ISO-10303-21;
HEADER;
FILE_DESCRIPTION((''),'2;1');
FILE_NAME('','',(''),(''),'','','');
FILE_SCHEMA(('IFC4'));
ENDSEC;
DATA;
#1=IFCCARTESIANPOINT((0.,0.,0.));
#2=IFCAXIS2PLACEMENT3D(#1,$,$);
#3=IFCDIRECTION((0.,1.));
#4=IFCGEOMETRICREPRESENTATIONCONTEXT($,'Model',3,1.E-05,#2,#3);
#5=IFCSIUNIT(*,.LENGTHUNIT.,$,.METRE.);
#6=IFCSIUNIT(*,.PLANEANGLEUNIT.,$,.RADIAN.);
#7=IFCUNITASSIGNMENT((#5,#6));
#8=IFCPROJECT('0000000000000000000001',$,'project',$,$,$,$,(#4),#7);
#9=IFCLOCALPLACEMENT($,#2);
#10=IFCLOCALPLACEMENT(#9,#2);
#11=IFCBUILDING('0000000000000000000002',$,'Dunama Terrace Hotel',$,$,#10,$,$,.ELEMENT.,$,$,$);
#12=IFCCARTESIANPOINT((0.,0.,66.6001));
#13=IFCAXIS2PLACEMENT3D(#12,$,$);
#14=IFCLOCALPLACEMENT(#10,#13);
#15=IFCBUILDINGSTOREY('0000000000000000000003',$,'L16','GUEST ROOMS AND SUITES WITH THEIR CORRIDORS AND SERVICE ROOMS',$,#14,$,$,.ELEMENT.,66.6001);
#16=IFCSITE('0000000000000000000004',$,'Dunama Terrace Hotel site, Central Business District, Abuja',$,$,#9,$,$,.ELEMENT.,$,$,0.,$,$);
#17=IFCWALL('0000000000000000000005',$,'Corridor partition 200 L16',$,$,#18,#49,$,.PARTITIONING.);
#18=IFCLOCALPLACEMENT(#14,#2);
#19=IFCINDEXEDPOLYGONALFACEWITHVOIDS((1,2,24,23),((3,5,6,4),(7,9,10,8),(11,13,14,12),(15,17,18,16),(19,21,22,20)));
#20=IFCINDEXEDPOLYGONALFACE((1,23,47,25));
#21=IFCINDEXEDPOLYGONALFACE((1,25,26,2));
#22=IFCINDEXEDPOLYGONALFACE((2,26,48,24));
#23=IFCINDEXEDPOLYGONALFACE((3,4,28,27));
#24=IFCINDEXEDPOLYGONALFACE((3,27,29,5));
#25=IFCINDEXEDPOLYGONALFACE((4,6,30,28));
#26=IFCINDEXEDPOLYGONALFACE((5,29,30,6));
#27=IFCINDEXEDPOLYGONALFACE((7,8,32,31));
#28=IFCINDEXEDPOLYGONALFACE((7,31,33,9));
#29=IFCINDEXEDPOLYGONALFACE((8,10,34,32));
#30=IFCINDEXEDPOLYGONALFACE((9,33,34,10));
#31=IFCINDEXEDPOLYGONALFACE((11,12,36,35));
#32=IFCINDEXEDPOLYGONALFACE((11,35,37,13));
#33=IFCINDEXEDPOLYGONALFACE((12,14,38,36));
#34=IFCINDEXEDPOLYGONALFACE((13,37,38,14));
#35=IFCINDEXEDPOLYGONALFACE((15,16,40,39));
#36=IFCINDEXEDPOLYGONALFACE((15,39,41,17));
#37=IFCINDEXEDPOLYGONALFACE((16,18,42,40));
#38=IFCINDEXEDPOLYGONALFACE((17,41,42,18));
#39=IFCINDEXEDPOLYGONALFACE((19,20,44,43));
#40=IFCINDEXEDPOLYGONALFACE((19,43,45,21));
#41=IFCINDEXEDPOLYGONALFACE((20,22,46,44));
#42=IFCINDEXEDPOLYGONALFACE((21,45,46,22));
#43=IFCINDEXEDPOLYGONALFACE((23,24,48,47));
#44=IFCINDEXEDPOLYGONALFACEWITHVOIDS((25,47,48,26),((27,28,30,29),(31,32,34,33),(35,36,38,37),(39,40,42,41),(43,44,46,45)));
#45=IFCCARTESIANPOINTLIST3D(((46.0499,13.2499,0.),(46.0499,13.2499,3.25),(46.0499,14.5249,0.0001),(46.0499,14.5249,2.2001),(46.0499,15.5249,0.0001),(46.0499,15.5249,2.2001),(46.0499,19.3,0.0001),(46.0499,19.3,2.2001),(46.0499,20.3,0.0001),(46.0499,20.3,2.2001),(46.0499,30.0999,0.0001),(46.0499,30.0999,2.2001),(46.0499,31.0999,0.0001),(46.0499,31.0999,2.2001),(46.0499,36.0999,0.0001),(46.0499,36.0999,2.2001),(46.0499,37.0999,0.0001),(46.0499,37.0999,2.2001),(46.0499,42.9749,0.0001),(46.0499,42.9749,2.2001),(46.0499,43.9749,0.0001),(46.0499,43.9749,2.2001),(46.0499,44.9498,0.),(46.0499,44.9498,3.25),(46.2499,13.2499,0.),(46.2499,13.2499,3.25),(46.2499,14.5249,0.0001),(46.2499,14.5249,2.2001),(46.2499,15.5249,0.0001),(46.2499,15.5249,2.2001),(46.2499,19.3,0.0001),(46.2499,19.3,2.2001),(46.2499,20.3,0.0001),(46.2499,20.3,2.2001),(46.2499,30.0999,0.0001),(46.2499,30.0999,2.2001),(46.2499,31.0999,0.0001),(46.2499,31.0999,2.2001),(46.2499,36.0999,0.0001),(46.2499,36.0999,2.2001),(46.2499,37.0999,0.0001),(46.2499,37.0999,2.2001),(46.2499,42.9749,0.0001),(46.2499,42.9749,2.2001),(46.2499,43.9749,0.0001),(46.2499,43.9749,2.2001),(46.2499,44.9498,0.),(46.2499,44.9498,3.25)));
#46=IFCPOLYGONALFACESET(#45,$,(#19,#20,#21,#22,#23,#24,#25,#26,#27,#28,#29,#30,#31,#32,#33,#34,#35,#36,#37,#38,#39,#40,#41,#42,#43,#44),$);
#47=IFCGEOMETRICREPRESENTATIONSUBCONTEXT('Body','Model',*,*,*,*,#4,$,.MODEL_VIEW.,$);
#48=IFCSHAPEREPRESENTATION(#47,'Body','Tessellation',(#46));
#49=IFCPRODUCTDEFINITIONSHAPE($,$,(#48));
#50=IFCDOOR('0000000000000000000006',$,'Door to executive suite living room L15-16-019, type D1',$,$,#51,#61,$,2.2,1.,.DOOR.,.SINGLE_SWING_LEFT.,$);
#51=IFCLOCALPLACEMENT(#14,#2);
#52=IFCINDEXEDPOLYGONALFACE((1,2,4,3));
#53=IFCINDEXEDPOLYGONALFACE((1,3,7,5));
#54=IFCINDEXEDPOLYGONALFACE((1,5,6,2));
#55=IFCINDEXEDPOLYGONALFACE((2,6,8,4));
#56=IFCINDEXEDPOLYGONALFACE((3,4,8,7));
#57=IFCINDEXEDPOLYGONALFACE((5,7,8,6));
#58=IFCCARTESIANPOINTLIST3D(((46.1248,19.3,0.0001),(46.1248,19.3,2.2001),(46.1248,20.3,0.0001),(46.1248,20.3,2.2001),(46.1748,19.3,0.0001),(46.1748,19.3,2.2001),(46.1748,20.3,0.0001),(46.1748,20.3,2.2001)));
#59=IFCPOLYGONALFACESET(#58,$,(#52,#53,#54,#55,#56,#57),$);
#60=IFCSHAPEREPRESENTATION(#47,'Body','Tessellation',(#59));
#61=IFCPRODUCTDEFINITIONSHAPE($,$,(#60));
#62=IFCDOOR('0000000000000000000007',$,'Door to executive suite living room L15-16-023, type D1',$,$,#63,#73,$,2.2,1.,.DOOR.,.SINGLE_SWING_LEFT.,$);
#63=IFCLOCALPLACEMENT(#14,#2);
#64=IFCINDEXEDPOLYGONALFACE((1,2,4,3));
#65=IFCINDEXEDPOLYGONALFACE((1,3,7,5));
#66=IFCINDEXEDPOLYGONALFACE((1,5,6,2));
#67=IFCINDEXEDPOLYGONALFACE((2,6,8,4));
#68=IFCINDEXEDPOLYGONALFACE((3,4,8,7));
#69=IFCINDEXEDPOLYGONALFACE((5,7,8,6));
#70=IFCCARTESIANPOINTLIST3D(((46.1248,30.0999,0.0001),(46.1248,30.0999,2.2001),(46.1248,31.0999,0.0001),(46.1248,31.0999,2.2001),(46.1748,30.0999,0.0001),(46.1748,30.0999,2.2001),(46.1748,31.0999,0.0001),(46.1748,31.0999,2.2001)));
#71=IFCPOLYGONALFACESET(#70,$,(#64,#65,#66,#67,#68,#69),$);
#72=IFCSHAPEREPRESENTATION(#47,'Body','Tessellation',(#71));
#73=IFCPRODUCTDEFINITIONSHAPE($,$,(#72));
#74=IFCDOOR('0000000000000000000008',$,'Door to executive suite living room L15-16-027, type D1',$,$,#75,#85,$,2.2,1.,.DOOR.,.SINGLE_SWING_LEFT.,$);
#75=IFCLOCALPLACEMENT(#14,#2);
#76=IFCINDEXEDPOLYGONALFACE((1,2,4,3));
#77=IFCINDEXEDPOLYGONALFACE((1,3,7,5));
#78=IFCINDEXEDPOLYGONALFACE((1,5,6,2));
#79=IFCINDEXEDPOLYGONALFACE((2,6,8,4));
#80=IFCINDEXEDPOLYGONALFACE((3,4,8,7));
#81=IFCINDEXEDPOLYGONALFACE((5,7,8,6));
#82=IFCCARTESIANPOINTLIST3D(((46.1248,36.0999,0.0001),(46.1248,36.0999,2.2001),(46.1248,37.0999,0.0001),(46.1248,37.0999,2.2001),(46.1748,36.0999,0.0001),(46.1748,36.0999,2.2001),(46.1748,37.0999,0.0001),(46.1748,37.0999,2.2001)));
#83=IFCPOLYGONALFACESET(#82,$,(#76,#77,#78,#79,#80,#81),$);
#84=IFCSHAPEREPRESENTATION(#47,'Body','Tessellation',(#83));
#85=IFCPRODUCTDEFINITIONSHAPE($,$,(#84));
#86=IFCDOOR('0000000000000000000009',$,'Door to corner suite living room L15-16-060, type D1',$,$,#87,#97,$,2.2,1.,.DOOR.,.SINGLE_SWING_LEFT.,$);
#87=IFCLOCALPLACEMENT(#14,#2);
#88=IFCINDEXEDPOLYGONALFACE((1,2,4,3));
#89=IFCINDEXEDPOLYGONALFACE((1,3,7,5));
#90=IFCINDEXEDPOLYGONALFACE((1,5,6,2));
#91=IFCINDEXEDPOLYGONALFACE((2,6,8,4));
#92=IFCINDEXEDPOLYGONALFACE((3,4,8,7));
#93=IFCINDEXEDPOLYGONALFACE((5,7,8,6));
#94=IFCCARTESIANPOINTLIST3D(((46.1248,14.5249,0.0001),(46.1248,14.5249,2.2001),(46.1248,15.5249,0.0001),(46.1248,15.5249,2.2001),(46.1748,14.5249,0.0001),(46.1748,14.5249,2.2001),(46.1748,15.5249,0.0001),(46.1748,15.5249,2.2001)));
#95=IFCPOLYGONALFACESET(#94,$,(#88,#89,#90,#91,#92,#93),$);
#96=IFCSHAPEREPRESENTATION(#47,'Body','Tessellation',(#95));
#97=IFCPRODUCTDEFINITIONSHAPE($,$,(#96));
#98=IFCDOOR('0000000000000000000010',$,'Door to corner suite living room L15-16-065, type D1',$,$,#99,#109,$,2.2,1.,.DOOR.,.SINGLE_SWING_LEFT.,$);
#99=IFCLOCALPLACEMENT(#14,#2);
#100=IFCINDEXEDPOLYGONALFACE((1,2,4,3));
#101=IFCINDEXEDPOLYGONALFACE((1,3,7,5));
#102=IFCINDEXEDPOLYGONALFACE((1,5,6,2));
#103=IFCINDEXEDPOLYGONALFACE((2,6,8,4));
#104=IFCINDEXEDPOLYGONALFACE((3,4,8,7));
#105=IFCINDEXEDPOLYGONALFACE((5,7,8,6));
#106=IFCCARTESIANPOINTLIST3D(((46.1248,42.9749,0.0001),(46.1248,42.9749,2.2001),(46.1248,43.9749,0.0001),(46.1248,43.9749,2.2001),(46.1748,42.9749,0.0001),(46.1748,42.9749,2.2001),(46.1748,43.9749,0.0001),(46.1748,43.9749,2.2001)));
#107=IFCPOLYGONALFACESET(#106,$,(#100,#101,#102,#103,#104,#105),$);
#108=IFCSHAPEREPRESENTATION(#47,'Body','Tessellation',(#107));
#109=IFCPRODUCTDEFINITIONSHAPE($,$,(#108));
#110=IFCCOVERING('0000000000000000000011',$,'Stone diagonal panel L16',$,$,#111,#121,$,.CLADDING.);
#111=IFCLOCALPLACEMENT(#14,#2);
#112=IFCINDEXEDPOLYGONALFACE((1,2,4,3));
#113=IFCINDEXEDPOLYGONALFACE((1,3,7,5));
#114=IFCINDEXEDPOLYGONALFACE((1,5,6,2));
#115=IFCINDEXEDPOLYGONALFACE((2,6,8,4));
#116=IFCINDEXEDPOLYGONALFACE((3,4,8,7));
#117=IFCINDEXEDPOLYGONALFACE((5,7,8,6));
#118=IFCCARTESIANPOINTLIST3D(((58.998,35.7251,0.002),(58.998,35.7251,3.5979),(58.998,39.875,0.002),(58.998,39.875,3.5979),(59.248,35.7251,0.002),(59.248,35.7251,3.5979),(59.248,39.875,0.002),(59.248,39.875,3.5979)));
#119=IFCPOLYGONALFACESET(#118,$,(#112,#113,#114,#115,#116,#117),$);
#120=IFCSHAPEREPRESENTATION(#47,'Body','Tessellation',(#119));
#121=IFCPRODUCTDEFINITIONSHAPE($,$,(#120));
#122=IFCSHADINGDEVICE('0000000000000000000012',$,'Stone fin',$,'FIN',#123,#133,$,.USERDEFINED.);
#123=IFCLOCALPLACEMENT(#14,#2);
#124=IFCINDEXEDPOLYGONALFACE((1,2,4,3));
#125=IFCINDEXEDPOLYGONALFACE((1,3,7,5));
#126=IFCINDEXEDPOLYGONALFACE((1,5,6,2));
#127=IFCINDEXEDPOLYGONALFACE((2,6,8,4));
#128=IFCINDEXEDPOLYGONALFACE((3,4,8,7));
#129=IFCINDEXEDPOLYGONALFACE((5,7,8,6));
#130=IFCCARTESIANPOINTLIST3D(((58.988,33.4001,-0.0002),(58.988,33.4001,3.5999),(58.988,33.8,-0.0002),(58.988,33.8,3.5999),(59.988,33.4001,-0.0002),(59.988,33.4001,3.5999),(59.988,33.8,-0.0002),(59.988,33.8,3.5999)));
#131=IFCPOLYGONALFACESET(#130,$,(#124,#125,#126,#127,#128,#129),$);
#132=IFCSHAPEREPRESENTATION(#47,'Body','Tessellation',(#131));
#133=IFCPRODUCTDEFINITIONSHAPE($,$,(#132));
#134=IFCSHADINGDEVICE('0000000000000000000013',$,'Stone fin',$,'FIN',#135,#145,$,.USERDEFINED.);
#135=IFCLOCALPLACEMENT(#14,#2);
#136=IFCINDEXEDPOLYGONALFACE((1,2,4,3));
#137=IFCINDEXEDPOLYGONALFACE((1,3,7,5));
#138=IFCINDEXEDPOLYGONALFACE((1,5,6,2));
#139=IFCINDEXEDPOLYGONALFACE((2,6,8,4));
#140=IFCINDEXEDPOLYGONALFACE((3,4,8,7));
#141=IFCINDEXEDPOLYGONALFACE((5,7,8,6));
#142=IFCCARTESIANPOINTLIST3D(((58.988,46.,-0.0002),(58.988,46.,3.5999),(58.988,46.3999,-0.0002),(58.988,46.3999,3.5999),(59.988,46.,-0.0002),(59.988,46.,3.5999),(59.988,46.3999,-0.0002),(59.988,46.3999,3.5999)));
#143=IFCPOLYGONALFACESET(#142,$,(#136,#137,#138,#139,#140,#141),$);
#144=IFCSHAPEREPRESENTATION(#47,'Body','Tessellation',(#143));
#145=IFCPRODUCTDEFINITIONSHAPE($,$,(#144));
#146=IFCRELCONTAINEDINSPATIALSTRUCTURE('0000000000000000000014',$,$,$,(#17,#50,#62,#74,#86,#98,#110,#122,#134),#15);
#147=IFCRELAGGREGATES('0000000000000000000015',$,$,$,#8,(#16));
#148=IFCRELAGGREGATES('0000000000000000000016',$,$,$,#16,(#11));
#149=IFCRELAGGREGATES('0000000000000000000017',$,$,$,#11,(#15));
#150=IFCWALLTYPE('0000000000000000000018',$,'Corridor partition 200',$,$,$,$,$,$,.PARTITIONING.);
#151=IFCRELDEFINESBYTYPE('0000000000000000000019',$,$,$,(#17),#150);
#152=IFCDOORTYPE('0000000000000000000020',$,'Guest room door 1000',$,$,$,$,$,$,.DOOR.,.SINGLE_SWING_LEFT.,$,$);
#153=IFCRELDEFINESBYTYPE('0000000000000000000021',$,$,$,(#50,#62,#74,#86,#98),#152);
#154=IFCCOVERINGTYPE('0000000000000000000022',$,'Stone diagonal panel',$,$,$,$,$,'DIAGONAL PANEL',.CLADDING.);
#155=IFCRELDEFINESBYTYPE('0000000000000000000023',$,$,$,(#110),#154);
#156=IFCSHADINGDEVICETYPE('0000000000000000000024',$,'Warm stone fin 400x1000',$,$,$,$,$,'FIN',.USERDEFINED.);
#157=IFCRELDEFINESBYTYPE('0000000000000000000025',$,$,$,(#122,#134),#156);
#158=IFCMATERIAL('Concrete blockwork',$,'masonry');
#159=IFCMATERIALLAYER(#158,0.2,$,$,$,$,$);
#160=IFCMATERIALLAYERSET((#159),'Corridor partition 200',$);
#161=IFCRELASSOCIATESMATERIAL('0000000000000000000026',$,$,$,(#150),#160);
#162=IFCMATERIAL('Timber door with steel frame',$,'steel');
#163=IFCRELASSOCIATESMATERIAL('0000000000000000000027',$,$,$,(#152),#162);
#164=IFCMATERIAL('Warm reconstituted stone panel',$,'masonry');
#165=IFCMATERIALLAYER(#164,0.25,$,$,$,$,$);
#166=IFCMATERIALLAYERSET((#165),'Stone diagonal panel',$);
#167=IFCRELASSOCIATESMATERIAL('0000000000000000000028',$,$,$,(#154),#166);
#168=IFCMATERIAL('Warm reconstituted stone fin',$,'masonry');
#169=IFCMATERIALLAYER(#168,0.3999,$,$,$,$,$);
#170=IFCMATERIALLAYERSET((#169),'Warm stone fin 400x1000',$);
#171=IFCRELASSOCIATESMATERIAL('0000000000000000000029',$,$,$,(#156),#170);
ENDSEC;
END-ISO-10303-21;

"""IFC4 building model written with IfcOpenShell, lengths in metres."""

from ifc_helpers import new_model, si_unit, direction, frame, frame_2d, origin, origin_2d, place, context, subcontext, project, spatial, rectangle, extrude, material, layer, layer_set, type_object, element, fill, save


model = new_model("IFC4")

# Units and contexts
model_context = context("Model", 3, precision=1e-05, world=origin(), true_north=direction((0.0, 1.0)))
body_context = subcontext(model_context, "Body", "Model", "MODEL_VIEW")
ifc_project = project(units=[si_unit("LENGTHUNIT", "METRE"), si_unit("PLANEANGLEUNIT", "RADIAN")], contexts=[model_context])

# Site, building, storey
site_placement = place(None, origin())
site = spatial("IfcSite", under=ifc_project, at=site_placement, Name="Dunama Terrace Hotel site, Central Business District, Abuja", CompositionType="ELEMENT", RefElevation=0.0)
building_placement = place(site_placement, origin())
building = spatial("IfcBuilding", under=site, at=building_placement, Name="Dunama Terrace Hotel", CompositionType="ELEMENT")
storey_placement = place(building_placement, frame((0.0, 0.0, 66.6001)))
storey = spatial("IfcBuildingStorey", under=building, at=storey_placement, Name="L16", Description="GUEST ROOMS AND SUITES WITH THEIR CORRIDORS AND SERVICE ROOMS", CompositionType="ELEMENT", Elevation=66.6001)

# Wall, openings, doors
ifc_material_1 = material(Name="Concrete blockwork", Category="masonry")
ifc_layer_1 = layer(ifc_material_1, 0.2)
ifc_layer_set_1 = layer_set([ifc_layer_1], Name="Corridor partition 200")
wall_type_1 = type_object("IfcWallType", Name="Corridor partition 200", PredefinedType="PARTITIONING", material=ifc_layer_set_1)
wall_1_placement = place(storey_placement, frame((46.1499, 44.95, 0.0), z_axis=(0.0, 0.0, 1.0), x_axis=(0.0, -1.0, 0.0)))
wall_1 = element("IfcWall", 1, at=wall_1_placement, inside=storey, type_object=wall_type_1, Name="Corridor partition 200 L16", PredefinedType="PARTITIONING", context=body_context, shape_type="SweptSolid", body=[
    extrude(rectangle(XDim=31.7, YDim=0.2, at=frame_2d((15.8501, 0.0))), origin(), (0.0, 0.0, 1.0), 3.25),
])
opening_1_placement = place(wall_1_placement, frame((24.6499, 0.0, 0.0)))
opening_1 = element("IfcOpeningElement", 2, at=opening_1_placement, cuts=wall_1, PredefinedType="OPENING", context=body_context, shape_type="SweptSolid", body=[
    extrude(rectangle(XDim=1.0, YDim=2.2, at=frame_2d((0.5, 1.1001))), frame((0.0, 0.1099, 0.0), z_axis=(0.0, -1.0, 0.0), x_axis=(1.0, 0.0, 0.0)), (0.0, 0.0, 1.0), 0.22),
])
opening_2_placement = place(wall_1_placement, frame((13.8501, 0.0, 0.0)))
opening_2 = element("IfcOpeningElement", 3, at=opening_2_placement, cuts=wall_1, PredefinedType="OPENING", context=body_context, shape_type="SweptSolid", body=[
    extrude(rectangle(XDim=1.0, YDim=2.2, at=frame_2d((0.5, 1.1001))), frame((0.0, 0.1099, 0.0), z_axis=(0.0, -1.0, 0.0), x_axis=(1.0, 0.0, 0.0)), (0.0, 0.0, 1.0), 0.22),
])
opening_3_placement = place(wall_1_placement, frame((7.8501, 0.0, 0.0)))
opening_3 = element("IfcOpeningElement", 4, at=opening_3_placement, cuts=wall_1, PredefinedType="OPENING", context=body_context, shape_type="SweptSolid", body=[
    extrude(rectangle(XDim=1.0, YDim=2.2, at=frame_2d((0.5, 1.1001))), frame((0.0, 0.1099, 0.0), z_axis=(0.0, -1.0, 0.0), x_axis=(1.0, 0.0, 0.0)), (0.0, 0.0, 1.0), 0.22),
])
opening_4_placement = place(wall_1_placement, frame((29.425, 0.0, 0.0)))
opening_4 = element("IfcOpeningElement", 5, at=opening_4_placement, cuts=wall_1, PredefinedType="OPENING", context=body_context, shape_type="SweptSolid", body=[
    extrude(rectangle(XDim=1.0, YDim=2.2, at=frame_2d((0.5, 1.1001))), frame((0.0, 0.1099, 0.0), z_axis=(0.0, -1.0, 0.0), x_axis=(1.0, 0.0, 0.0)), (0.0, 0.0, 1.0), 0.22),
])
opening_5_placement = place(wall_1_placement, frame((0.9751, 0.0, 0.0)))
opening_5 = element("IfcOpeningElement", 6, at=opening_5_placement, cuts=wall_1, PredefinedType="OPENING", context=body_context, shape_type="SweptSolid", body=[
    extrude(rectangle(XDim=1.0, YDim=2.2, at=frame_2d((0.5, 1.1001))), frame((0.0, 0.1099, 0.0), z_axis=(0.0, -1.0, 0.0), x_axis=(1.0, 0.0, 0.0)), (0.0, 0.0, 1.0), 0.22),
])
ifc_material_2 = material(Name="Timber door with steel frame", Category="steel")
door_type_1 = type_object("IfcDoorType", Name="Guest room door 1000", OperationType="SINGLE_SWING_LEFT", PredefinedType="DOOR", material=ifc_material_2)
door_1_placement = place(opening_1_placement, origin())
door_1 = element("IfcDoor", 7, at=door_1_placement, inside=storey, type_object=door_type_1, Name="Door to executive suite living room L15-16-019, type D1", OperationType="SINGLE_SWING_LEFT", OverallHeight=2.2, OverallWidth=1.0, PredefinedType="DOOR", context=body_context, shape_type="SweptSolid", body=[
    extrude(rectangle(XDim=1.0, YDim=2.2, at=frame_2d((0.5, 1.1001))), frame((0.0, 0.0249, 0.0), z_axis=(0.0, -1.0, 0.0), x_axis=(1.0, 0.0, 0.0)), (0.0, 0.0, 1.0), 0.05),
])
fill(opening_1, door_1)
door_2_placement = place(opening_2_placement, origin())
door_2 = element("IfcDoor", 8, at=door_2_placement, inside=storey, type_object=door_type_1, Name="Door to executive suite living room L15-16-023, type D1", OperationType="SINGLE_SWING_LEFT", OverallHeight=2.2, OverallWidth=1.0, PredefinedType="DOOR", context=body_context, shape_type="SweptSolid", body=[
    extrude(rectangle(XDim=1.0, YDim=2.2, at=frame_2d((0.5, 1.1001))), frame((0.0, 0.0249, 0.0), z_axis=(0.0, -1.0, 0.0), x_axis=(1.0, 0.0, 0.0)), (0.0, 0.0, 1.0), 0.05),
])
fill(opening_2, door_2)
door_3_placement = place(opening_3_placement, origin())
door_3 = element("IfcDoor", 9, at=door_3_placement, inside=storey, type_object=door_type_1, Name="Door to executive suite living room L15-16-027, type D1", OperationType="SINGLE_SWING_LEFT", OverallHeight=2.2, OverallWidth=1.0, PredefinedType="DOOR", context=body_context, shape_type="SweptSolid", body=[
    extrude(rectangle(XDim=1.0, YDim=2.2, at=frame_2d((0.5, 1.1001))), frame((0.0, 0.0249, 0.0), z_axis=(0.0, -1.0, 0.0), x_axis=(1.0, 0.0, 0.0)), (0.0, 0.0, 1.0), 0.05),
])
fill(opening_3, door_3)
door_4_placement = place(opening_4_placement, origin())
door_4 = element("IfcDoor", 10, at=door_4_placement, inside=storey, type_object=door_type_1, Name="Door to corner suite living room L15-16-060, type D1", OperationType="SINGLE_SWING_LEFT", OverallHeight=2.2, OverallWidth=1.0, PredefinedType="DOOR", context=body_context, shape_type="SweptSolid", body=[
    extrude(rectangle(XDim=1.0, YDim=2.2, at=frame_2d((0.5, 1.1001))), frame((0.0, 0.0249, 0.0), z_axis=(0.0, -1.0, 0.0), x_axis=(1.0, 0.0, 0.0)), (0.0, 0.0, 1.0), 0.05),
])
fill(opening_4, door_4)
door_5_placement = place(opening_5_placement, origin())
door_5 = element("IfcDoor", 11, at=door_5_placement, inside=storey, type_object=door_type_1, Name="Door to corner suite living room L15-16-065, type D1", OperationType="SINGLE_SWING_LEFT", OverallHeight=2.2, OverallWidth=1.0, PredefinedType="DOOR", context=body_context, shape_type="SweptSolid", body=[
    extrude(rectangle(XDim=1.0, YDim=2.2, at=frame_2d((0.5, 1.1001))), frame((0.0, 0.0249, 0.0), z_axis=(0.0, -1.0, 0.0), x_axis=(1.0, 0.0, 0.0)), (0.0, 0.0, 1.0), 0.05),
])
fill(opening_5, door_5)

# Covering
ifc_material_3 = material(Name="Warm reconstituted stone panel", Category="masonry")
ifc_layer_2 = layer(ifc_material_3, 0.25)
ifc_layer_set_2 = layer_set([ifc_layer_2], Name="Stone diagonal panel")
covering_type = type_object("IfcCoveringType", Name="Stone diagonal panel", ElementType="DIAGONAL PANEL", PredefinedType="CLADDING", material=ifc_layer_set_2)
covering_placement = place(storey_placement, frame((59.123, 37.8, 0.002), z_axis=(0.0, 0.0, 1.0), x_axis=(0.0, 1.0, 0.0)))
element("IfcCovering", 12, at=covering_placement, inside=storey, type_object=covering_type, Name="Stone diagonal panel L16", PredefinedType="CLADDING", context=body_context, shape_type="SweptSolid", body=[
    extrude(rectangle(XDim=4.1499, YDim=0.25, at=origin_2d()), origin(), (0.0, 0.0, 1.0), 3.5959),
])

# Shading devices
ifc_material_4 = material(Name="Warm reconstituted stone fin", Category="masonry")
ifc_layer_3 = layer(ifc_material_4, 0.3999)
ifc_layer_set_3 = layer_set([ifc_layer_3], Name="Warm stone fin 400x1000")
shading_device_type = type_object("IfcShadingDeviceType", Name="Warm stone fin 400x1000", ElementType="FIN", PredefinedType="USERDEFINED", material=ifc_layer_set_3)
for number, where, z_axis, x_axis, name in (
    (13, (59.488, 33.6001, -0.0002), (0.0, 0.0, 1.0), (0.0, 1.0, 0.0), "Stone fin"),
    (14, (59.488, 46.2, -0.0002), (0.0, 0.0, 1.0), (0.0, 1.0, 0.0), "Stone fin"),
):
    element("IfcShadingDevice", number, at=place(storey_placement, frame(where, z_axis=z_axis, x_axis=x_axis)), inside=storey, type_object=shading_device_type, Name=name, ObjectType="FIN", PredefinedType="USERDEFINED", context=body_context, shape_type="SweptSolid", body=[
        extrude(rectangle(XDim=0.3999, YDim=1.0, at=origin_2d()), origin(), (0.0, 0.0, 1.0), 3.6001),
    ])

save(model, "model.ifc")
